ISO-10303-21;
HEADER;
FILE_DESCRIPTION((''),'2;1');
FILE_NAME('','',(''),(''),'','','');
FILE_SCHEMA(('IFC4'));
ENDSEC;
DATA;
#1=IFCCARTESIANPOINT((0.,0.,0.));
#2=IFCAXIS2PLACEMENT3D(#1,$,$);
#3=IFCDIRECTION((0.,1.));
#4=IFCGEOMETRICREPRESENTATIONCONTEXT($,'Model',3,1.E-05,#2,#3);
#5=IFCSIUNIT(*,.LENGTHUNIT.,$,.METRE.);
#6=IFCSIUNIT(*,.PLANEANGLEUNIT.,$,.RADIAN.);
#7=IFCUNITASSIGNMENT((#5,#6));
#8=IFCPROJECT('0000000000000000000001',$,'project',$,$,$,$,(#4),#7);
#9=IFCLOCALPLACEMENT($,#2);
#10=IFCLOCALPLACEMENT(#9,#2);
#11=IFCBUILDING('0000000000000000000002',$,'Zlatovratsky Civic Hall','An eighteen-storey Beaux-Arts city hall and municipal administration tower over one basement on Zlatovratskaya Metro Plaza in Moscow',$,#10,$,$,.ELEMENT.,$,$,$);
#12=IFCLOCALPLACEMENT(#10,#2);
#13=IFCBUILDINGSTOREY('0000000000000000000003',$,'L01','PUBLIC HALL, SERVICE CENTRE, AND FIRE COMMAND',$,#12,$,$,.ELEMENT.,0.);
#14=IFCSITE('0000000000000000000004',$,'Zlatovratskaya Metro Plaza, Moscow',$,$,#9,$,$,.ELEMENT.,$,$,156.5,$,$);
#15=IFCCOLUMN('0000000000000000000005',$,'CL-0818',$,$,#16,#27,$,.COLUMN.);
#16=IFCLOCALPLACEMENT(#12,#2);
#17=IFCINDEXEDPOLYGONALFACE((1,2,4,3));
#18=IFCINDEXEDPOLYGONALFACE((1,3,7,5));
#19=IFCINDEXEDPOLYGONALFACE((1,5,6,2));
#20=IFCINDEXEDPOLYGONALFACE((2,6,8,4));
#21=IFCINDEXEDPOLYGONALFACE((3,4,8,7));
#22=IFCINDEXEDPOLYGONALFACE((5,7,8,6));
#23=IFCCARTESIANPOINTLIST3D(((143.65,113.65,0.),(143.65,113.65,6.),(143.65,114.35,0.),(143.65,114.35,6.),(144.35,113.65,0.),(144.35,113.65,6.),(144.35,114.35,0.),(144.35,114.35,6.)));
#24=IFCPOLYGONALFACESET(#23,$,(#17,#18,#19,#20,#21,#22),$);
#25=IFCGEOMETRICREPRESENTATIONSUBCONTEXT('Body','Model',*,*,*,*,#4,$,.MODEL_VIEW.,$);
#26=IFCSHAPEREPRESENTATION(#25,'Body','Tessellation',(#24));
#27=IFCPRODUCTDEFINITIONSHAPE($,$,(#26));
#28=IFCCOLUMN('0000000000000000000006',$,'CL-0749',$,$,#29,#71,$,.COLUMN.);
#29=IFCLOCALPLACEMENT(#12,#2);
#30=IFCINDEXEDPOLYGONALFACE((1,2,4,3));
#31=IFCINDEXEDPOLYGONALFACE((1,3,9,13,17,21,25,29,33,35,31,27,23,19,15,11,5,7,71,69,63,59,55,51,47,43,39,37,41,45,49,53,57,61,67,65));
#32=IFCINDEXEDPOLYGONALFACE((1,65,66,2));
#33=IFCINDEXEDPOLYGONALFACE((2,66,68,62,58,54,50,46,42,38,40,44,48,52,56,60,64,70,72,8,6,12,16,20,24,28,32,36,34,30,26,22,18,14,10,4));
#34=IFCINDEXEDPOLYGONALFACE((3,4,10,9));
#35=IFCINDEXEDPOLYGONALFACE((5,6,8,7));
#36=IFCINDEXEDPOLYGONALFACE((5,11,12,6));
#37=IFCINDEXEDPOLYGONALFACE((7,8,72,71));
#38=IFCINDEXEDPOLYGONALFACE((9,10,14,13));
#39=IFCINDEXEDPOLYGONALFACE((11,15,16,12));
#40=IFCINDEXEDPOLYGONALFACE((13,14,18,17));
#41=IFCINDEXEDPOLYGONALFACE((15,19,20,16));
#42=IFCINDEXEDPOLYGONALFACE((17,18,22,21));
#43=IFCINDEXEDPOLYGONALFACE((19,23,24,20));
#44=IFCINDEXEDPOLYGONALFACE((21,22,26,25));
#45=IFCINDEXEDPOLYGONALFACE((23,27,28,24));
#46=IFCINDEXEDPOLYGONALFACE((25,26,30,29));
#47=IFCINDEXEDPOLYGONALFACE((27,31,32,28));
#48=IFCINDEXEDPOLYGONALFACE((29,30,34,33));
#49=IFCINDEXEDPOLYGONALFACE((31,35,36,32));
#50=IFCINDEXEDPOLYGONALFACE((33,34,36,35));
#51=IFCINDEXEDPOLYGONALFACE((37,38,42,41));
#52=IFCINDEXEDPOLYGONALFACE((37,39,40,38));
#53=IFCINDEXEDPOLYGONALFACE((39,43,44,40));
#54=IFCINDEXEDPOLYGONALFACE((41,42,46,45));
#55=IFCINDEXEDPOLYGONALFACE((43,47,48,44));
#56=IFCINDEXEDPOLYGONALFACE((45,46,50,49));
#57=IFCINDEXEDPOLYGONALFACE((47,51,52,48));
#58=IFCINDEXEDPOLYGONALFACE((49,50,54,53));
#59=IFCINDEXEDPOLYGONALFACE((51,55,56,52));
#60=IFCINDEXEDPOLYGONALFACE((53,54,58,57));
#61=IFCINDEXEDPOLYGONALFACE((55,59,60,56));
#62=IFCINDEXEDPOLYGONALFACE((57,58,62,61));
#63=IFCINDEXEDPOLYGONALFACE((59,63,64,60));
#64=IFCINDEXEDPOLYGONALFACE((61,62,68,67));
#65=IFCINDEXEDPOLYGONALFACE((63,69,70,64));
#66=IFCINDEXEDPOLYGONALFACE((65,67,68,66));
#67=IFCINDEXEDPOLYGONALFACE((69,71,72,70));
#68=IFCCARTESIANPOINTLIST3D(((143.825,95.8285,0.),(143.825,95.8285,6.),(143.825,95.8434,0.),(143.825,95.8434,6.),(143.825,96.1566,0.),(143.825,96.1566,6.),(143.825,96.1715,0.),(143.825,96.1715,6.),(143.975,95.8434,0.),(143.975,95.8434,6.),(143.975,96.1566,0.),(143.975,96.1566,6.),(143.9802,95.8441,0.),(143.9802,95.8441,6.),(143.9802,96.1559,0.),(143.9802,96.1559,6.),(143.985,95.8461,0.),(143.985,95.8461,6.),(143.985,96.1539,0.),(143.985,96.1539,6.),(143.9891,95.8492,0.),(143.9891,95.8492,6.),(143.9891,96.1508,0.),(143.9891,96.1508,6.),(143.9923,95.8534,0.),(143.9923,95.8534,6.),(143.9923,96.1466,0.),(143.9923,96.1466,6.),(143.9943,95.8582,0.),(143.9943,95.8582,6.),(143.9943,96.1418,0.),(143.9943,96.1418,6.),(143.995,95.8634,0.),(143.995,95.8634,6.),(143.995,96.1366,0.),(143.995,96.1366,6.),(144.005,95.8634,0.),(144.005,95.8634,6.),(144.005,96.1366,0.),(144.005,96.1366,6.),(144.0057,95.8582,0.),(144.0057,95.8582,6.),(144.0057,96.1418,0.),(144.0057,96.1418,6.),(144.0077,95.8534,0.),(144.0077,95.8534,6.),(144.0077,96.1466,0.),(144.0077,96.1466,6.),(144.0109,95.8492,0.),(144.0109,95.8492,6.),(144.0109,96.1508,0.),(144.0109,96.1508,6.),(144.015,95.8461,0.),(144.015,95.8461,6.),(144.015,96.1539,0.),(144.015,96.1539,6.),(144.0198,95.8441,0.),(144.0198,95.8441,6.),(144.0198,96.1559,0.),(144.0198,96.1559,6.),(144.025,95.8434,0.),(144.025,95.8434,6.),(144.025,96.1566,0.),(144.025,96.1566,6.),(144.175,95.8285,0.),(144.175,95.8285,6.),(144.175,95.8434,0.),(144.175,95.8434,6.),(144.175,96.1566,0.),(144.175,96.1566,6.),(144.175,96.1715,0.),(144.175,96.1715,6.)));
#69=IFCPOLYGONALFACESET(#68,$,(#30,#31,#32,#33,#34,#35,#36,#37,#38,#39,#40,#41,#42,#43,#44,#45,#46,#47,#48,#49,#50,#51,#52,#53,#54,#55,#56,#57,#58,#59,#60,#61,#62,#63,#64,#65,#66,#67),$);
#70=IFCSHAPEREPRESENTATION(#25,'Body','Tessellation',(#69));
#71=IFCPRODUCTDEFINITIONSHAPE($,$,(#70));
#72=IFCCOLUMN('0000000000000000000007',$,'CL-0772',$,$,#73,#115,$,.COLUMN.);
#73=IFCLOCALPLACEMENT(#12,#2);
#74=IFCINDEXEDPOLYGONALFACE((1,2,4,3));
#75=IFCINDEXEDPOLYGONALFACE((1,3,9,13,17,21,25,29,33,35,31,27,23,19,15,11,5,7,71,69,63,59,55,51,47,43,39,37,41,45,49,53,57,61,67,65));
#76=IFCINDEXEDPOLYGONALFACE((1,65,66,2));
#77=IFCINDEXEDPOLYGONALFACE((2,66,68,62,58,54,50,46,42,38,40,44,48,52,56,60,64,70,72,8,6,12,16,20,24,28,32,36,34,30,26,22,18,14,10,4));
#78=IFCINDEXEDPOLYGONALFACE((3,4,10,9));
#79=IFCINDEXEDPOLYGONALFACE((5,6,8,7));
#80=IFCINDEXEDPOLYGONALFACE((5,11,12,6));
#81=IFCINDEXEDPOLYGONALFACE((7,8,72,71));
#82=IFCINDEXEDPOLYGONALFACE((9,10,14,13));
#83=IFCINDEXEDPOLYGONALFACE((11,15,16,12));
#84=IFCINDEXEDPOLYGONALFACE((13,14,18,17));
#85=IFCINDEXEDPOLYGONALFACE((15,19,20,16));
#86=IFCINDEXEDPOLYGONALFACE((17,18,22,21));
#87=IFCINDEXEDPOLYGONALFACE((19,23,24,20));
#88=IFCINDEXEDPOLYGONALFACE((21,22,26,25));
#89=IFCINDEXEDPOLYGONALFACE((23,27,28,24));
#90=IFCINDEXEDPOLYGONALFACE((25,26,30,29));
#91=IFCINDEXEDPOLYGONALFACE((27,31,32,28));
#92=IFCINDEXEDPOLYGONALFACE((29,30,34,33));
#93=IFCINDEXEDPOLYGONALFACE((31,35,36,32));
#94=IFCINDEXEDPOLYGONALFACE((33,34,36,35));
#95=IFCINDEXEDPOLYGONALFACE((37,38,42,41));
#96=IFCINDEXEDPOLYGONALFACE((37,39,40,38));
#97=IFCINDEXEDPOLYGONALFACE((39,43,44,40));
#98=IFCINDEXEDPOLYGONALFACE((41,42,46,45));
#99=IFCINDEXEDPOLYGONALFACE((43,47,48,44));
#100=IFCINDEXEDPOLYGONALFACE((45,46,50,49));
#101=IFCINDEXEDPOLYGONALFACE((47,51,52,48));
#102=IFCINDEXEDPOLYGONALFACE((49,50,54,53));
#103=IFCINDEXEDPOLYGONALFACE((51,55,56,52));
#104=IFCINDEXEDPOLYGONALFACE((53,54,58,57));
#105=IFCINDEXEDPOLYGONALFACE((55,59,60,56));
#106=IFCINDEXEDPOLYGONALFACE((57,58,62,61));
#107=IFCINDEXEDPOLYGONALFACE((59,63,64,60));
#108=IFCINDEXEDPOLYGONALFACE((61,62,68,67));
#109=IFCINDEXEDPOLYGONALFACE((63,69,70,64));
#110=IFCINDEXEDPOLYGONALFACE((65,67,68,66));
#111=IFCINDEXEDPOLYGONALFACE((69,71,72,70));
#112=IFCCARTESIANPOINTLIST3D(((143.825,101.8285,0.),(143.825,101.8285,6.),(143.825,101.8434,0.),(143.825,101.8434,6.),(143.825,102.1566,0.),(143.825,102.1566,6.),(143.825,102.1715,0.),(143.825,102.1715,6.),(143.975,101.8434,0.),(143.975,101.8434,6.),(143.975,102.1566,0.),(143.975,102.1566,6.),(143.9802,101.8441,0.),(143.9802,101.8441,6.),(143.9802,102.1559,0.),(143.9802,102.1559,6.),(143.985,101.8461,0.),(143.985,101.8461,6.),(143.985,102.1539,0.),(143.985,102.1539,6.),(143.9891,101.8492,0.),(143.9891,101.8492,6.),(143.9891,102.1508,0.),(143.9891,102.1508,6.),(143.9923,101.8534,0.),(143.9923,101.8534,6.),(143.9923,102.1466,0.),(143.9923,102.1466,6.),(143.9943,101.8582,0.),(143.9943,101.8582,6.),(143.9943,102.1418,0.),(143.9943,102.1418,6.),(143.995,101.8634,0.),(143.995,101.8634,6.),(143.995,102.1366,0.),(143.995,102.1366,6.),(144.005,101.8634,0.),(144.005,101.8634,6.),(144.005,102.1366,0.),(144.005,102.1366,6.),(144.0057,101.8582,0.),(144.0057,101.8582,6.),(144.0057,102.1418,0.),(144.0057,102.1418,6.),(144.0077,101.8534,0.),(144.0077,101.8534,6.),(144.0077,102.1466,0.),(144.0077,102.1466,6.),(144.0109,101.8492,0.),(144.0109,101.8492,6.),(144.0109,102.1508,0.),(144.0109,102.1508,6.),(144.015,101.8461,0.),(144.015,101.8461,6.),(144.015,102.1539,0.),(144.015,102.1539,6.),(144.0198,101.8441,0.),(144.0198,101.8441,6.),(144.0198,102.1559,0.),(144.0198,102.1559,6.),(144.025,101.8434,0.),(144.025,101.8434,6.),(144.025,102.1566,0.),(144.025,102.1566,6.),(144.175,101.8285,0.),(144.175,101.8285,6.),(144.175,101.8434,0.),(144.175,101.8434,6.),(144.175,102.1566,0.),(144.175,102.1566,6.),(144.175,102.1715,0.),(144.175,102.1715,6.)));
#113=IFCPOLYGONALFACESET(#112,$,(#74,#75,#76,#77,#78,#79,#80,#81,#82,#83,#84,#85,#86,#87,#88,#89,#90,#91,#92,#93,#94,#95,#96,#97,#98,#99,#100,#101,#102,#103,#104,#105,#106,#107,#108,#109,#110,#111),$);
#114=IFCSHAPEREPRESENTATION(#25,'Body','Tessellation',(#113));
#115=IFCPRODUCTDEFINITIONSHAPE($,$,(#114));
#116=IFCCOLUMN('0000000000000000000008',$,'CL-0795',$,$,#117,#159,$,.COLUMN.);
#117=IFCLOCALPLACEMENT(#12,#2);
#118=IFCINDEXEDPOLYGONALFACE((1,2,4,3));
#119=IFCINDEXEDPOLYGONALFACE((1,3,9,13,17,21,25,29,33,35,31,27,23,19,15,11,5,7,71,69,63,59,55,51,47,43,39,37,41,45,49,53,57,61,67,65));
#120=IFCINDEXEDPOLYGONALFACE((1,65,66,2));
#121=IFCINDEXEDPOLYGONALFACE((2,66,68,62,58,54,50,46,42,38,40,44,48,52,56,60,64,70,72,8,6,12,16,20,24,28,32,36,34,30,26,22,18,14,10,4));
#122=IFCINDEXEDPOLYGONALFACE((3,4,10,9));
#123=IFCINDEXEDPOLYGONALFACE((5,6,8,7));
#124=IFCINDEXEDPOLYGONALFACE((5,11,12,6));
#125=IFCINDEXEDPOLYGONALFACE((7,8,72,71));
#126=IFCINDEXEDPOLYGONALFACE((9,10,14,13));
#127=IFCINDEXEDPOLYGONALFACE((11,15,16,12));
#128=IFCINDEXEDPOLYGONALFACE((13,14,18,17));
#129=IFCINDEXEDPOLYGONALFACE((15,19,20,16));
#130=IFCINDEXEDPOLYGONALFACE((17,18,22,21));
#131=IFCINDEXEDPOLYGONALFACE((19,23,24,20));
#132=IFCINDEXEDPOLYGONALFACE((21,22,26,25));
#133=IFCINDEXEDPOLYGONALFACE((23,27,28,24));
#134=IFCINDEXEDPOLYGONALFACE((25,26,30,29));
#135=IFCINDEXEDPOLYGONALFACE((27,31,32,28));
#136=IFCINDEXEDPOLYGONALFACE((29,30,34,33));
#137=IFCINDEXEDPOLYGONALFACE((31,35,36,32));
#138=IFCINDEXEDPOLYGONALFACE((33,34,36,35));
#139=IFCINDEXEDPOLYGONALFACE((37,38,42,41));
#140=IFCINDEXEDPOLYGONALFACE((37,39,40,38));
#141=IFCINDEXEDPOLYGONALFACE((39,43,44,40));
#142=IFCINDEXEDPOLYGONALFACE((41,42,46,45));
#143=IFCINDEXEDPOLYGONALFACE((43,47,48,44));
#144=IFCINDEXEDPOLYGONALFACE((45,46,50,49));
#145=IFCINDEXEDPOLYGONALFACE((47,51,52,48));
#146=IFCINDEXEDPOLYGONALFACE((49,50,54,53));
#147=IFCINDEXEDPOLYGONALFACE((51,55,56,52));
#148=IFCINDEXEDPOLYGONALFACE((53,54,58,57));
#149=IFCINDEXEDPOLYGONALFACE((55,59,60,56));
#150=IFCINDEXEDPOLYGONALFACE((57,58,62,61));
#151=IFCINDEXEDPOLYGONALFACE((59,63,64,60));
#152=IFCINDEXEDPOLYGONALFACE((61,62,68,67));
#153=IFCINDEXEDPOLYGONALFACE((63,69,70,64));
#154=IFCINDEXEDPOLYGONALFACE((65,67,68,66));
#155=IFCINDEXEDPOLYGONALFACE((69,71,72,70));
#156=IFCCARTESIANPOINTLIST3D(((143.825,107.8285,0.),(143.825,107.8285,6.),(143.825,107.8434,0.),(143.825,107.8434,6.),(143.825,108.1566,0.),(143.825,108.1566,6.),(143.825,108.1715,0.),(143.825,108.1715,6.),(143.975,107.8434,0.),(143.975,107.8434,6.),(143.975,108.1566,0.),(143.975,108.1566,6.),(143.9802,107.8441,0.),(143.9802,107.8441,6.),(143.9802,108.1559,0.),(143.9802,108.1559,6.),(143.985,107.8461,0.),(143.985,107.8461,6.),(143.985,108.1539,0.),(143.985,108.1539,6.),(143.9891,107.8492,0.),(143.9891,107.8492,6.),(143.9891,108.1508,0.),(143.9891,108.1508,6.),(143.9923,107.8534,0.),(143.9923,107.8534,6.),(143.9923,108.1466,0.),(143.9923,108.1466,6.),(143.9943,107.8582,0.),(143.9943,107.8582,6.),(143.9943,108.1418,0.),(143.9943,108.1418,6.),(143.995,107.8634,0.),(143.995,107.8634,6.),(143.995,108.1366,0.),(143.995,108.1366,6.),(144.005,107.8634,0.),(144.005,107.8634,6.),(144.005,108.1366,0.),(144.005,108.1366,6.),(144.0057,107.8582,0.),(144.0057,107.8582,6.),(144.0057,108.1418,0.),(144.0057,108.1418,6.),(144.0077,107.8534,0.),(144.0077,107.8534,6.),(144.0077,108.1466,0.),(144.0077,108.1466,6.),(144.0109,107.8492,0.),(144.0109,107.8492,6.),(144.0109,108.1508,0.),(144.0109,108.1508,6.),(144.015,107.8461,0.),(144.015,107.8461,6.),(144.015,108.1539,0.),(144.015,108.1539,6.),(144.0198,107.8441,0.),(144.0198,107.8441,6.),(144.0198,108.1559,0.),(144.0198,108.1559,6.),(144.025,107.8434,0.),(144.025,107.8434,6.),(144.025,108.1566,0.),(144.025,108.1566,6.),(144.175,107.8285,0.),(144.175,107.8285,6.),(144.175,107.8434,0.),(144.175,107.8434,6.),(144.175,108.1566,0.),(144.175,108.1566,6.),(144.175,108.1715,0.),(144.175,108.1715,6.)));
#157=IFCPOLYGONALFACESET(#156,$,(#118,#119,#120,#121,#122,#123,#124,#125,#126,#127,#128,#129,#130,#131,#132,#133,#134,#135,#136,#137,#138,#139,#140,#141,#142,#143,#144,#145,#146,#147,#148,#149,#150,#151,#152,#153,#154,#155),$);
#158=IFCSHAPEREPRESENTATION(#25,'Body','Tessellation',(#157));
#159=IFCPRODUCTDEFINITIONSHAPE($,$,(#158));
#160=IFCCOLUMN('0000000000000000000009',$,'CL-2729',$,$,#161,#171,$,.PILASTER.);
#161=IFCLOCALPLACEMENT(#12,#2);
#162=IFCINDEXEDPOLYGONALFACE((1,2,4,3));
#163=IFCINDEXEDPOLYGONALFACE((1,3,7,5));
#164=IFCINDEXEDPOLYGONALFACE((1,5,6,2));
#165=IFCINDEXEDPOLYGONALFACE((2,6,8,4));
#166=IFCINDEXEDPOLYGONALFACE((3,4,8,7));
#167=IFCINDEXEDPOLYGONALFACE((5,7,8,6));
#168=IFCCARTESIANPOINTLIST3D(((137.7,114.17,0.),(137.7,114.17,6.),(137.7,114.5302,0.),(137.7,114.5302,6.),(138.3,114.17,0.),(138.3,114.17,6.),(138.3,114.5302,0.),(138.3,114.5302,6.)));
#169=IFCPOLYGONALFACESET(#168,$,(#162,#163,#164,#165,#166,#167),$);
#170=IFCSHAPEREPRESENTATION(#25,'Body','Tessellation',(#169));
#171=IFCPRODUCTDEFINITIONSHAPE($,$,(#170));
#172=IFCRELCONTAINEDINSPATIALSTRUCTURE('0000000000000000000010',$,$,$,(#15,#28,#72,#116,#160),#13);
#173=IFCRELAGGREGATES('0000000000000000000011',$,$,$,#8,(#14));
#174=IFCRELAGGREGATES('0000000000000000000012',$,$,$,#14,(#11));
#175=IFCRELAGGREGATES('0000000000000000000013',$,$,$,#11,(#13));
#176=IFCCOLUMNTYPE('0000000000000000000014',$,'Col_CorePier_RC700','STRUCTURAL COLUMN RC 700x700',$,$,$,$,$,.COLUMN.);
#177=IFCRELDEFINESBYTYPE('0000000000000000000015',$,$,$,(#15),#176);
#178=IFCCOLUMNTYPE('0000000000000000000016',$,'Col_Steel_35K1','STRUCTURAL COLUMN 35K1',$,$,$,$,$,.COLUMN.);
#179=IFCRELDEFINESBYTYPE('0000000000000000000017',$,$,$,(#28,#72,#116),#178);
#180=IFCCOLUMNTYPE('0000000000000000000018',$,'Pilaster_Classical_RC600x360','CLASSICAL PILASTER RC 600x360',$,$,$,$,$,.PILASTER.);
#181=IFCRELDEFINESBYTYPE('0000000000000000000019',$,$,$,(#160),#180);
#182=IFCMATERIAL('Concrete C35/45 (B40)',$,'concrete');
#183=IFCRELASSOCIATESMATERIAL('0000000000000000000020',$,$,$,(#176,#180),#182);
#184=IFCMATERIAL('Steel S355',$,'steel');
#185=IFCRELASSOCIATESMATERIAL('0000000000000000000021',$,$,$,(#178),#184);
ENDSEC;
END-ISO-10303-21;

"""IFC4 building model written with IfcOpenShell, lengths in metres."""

from ifc_helpers import new_model, si_unit, direction, frame, origin, origin_2d, place, context, subcontext, project, spatial, rectangle, i_section, extrude, material, material_profile, profile_set, type_object, element, save


model = new_model("IFC4")

# Units and contexts
model_context = context("Model", 3, precision=1e-05, world=origin(), true_north=direction((0.0, 1.0)))
body_context = subcontext(model_context, "Body", "Model", "MODEL_VIEW")
ifc_project = project(units=[si_unit("LENGTHUNIT", "METRE"), si_unit("PLANEANGLEUNIT", "RADIAN")], contexts=[model_context])

# Site, building, storey
site_placement = place(None, origin())
site = spatial("IfcSite", under=ifc_project, at=site_placement, Name="Zlatovratskaya Metro Plaza, Moscow", CompositionType="ELEMENT", RefElevation=156.5)
building_placement = place(site_placement, origin())
building = spatial("IfcBuilding", under=site, at=building_placement, Name="Zlatovratsky Civic Hall", Description="An eighteen-storey Beaux-Arts city hall and municipal administration tower over one basement on Zlatovratskaya Metro Plaza in Moscow", CompositionType="ELEMENT")
storey_placement = place(building_placement, origin())
storey = spatial("IfcBuildingStorey", under=building, at=storey_placement, Name="L01", Description="PUBLIC HALL, SERVICE CENTRE, AND FIRE COMMAND", CompositionType="ELEMENT", Elevation=0.0)

# Columns
ifc_material_1 = material(Name="Concrete C35/45 (B40)", Category="concrete")
ifc_material_profile_1 = material_profile(ifc_material_1, rectangle(XDim=0.7, YDim=0.7, at=origin_2d()), Name="RC 700x700")
ifc_profile_set_1 = profile_set([ifc_material_profile_1], Name="Concrete C35/45 (B40)")
column_type_1 = type_object("IfcColumnType", Name="Col_CorePier_RC700", Description="STRUCTURAL COLUMN RC 700x700", PredefinedType="COLUMN", material=ifc_profile_set_1)
column_1_placement = place(storey_placement, frame((144.0, 114.0, 0.0), z_axis=(0.0, 0.0, 1.0), x_axis=(1.0, 0.0, 0.0)))
element("IfcColumn", 1, at=column_1_placement, inside=storey, type_object=column_type_1, Name="CL-0818", PredefinedType="COLUMN", context=body_context, shape_type="SweptSolid", body=[
    extrude(rectangle(XDim=0.7, YDim=0.7, at=origin_2d()), origin(), (0.0, 0.0, 1.0), 6.0),
])
ifc_material_2 = material(Name="Steel S355", Category="steel")
ifc_material_profile_2 = material_profile(ifc_material_2, i_section(OverallWidth=0.3501, OverallDepth=0.343, WebThickness=0.01, FlangeThickness=0.0149, FilletRadius=0.02, at=origin_2d()), Name="35K1")
ifc_profile_set_2 = profile_set([ifc_material_profile_2], Name="Steel S355")
column_type_2 = type_object("IfcColumnType", Name="Col_Steel_35K1", Description="STRUCTURAL COLUMN 35K1", PredefinedType="COLUMN", material=ifc_profile_set_2)
for number, where, z_axis, x_axis, name in (
    (2, (144.0, 96.0, 0.0), (0.0, 0.0, 1.0), (1.0, 0.0, 0.0), "CL-0749"),
    (3, (144.0, 102.0, 0.0), (0.0, 0.0, 1.0), (1.0, 0.0, 0.0), "CL-0772"),
    (4, (144.0, 108.0, 0.0), (0.0, 0.0, 1.0), (1.0, 0.0, 0.0), "CL-0795"),
):
    element("IfcColumn", number, at=place(storey_placement, frame(where, z_axis=z_axis, x_axis=x_axis)), inside=storey, type_object=column_type_2, Name=name, PredefinedType="COLUMN", context=body_context, shape_type="SweptSolid", body=[
        extrude(i_section(OverallWidth=0.3501, OverallDepth=0.343, WebThickness=0.01, FlangeThickness=0.0149, FilletRadius=0.02, at=origin_2d()), origin(), (0.0, 0.0, 1.0), 6.0),
    ])
ifc_material_profile_3 = material_profile(ifc_material_1, rectangle(XDim=0.6001, YDim=0.3601, at=origin_2d()), Name="RC 600x360")
ifc_profile_set_3 = profile_set([ifc_material_profile_3], Name="Concrete C35/45 (B40)")
column_type_3 = type_object("IfcColumnType", Name="Pilaster_Classical_RC600x360", Description="CLASSICAL PILASTER RC 600x360", PredefinedType="PILASTER", material=ifc_profile_set_3)
column_2_placement = place(storey_placement, frame((138.0, 114.3501, 0.0), z_axis=(0.0, 0.0, 1.0), x_axis=(1.0, 0.0, 0.0)))
element("IfcColumn", 5, at=column_2_placement, inside=storey, type_object=column_type_3, Name="CL-2729", PredefinedType="PILASTER", context=body_context, shape_type="SweptSolid", body=[
    extrude(rectangle(XDim=0.6001, YDim=0.3601, at=origin_2d()), origin(), (0.0, 0.0, 1.0), 6.0),
])

save(model, "model.ifc")
